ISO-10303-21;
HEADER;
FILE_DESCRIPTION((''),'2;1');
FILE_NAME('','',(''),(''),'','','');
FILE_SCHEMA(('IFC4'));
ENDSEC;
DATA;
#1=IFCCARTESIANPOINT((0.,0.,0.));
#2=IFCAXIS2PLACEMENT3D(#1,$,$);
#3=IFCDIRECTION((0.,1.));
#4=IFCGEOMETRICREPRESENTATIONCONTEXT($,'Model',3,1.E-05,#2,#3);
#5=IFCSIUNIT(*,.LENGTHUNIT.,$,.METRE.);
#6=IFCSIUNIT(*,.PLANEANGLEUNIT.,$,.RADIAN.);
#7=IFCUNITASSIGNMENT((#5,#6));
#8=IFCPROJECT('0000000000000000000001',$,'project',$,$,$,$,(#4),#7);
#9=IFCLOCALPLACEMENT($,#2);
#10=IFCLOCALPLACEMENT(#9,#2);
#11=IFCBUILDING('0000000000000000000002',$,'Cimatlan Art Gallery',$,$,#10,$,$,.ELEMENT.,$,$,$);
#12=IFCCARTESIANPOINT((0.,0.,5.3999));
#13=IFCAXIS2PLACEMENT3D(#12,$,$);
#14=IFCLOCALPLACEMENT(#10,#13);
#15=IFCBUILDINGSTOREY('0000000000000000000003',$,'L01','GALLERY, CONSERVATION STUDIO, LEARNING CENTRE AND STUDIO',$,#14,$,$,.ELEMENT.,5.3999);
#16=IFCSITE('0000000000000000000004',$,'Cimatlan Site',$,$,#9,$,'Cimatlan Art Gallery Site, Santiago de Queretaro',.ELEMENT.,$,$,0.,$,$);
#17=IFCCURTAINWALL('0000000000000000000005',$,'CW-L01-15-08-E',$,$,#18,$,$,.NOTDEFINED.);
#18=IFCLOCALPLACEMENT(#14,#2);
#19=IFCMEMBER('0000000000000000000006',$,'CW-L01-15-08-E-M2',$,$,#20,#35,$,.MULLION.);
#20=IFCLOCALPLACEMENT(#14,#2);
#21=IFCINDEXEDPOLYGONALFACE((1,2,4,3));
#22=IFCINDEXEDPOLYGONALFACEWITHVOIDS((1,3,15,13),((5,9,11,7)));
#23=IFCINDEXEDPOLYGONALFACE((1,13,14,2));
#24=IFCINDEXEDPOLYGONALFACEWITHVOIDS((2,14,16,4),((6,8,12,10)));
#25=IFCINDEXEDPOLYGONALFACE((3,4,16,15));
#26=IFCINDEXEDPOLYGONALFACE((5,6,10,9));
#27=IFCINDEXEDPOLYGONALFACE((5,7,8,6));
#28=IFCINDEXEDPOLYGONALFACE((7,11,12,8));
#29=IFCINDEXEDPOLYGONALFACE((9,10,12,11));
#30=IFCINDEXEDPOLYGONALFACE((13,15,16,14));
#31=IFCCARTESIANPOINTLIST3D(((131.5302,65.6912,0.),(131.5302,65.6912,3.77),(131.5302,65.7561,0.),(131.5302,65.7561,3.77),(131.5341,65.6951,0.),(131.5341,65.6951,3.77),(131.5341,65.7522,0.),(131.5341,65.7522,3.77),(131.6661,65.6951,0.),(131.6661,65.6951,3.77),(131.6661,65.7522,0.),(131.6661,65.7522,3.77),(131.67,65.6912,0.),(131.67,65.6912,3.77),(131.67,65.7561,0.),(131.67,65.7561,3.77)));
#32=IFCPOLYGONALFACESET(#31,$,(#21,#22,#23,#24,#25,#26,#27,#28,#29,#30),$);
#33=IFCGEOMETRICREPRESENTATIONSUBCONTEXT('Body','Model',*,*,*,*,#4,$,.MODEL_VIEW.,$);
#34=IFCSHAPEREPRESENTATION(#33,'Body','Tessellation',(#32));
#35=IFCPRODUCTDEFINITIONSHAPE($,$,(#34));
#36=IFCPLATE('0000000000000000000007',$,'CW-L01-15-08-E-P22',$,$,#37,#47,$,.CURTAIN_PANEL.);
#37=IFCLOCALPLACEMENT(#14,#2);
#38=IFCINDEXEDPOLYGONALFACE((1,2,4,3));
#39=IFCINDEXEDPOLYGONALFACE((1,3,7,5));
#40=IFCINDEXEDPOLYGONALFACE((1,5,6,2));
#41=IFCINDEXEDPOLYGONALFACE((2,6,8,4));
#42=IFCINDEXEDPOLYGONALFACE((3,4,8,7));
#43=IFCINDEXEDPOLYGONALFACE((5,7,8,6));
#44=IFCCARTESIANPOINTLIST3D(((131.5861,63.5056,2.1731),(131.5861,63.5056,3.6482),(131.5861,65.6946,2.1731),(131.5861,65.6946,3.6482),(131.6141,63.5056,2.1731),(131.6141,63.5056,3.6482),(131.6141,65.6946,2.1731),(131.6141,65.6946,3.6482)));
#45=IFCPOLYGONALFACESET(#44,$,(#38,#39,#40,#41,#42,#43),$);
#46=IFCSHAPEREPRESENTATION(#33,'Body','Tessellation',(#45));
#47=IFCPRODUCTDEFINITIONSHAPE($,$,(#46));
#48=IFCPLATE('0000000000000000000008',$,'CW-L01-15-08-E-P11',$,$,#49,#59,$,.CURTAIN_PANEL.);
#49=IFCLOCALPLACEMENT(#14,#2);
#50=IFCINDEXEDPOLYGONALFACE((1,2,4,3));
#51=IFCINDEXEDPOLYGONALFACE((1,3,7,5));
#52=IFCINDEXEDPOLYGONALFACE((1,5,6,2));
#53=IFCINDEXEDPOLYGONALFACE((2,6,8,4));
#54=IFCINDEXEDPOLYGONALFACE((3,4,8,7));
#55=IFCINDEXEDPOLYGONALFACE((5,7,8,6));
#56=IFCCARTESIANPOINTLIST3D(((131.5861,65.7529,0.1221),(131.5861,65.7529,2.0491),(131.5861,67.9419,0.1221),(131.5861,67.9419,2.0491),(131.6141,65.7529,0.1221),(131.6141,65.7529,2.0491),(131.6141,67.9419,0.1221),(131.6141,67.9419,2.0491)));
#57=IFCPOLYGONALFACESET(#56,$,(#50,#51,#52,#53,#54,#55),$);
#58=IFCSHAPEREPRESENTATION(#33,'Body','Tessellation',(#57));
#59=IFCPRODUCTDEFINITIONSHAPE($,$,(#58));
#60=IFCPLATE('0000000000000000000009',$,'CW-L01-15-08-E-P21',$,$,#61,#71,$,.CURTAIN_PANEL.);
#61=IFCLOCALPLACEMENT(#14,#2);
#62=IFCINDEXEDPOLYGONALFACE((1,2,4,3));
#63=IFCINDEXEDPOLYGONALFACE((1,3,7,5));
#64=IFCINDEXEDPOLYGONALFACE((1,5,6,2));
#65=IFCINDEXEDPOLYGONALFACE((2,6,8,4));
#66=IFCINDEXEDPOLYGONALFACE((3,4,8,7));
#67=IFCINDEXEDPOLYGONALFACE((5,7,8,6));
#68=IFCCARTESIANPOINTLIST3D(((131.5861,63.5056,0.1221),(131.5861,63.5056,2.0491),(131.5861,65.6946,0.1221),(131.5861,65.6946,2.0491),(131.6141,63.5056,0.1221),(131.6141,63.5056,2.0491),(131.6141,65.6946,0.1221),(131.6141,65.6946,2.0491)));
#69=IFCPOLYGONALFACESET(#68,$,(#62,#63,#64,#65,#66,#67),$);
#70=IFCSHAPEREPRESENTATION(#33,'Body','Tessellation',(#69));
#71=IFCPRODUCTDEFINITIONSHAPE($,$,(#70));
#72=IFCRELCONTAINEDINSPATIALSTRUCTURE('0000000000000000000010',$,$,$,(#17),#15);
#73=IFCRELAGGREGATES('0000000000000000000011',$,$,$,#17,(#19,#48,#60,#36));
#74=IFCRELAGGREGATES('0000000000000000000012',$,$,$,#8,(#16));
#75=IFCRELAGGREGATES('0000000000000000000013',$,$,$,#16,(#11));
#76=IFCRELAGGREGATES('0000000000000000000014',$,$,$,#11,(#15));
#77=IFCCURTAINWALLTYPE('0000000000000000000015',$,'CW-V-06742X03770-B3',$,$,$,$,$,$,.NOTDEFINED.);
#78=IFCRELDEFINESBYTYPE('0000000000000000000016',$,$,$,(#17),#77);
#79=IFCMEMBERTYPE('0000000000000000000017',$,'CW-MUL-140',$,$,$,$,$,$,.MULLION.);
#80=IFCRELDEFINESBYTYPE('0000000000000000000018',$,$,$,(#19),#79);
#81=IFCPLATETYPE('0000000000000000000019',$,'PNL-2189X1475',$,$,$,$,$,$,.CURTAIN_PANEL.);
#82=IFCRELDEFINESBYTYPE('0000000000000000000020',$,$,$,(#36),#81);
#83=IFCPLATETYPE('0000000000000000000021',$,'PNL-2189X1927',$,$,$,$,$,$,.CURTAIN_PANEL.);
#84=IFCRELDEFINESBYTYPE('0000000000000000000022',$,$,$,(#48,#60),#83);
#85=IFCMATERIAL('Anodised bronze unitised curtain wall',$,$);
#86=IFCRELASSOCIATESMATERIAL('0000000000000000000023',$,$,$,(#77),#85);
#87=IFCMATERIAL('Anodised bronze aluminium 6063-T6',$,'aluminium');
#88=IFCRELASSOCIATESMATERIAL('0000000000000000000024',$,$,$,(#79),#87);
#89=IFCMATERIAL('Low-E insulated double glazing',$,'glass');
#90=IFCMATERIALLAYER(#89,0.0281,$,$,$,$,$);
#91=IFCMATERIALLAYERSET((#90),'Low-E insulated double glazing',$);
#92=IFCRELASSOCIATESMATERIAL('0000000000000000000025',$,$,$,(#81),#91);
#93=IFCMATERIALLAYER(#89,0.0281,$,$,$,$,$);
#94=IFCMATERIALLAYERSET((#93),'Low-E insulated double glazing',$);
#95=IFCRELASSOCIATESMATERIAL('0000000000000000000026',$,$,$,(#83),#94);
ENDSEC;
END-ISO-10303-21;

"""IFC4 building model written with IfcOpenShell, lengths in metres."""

from ifc_helpers import new_model, si_unit, direction, frame, origin, origin_2d, place, context, subcontext, project, spatial, rectangle, hollow_rectangle, extrude, material, layer, layer_set, material_profile, profile_set, type_object, element, aggregate, save


model = new_model("IFC4")

# Units and contexts
model_context = context("Model", 3, precision=1e-05, world=origin(), true_north=direction((0.0, 1.0)))
body_context = subcontext(model_context, "Body", "Model", "MODEL_VIEW")
ifc_project = project(units=[si_unit("LENGTHUNIT", "METRE"), si_unit("PLANEANGLEUNIT", "RADIAN")], contexts=[model_context])

# Site, building, storey
site_placement = place(None, origin())
site = spatial("IfcSite", under=ifc_project, at=site_placement, Name="Cimatlan Site", LongName="Cimatlan Art Gallery Site, Santiago de Queretaro", CompositionType="ELEMENT", RefElevation=0.0)
building_placement = place(site_placement, origin())
building = spatial("IfcBuilding", under=site, at=building_placement, Name="Cimatlan Art Gallery", CompositionType="ELEMENT")
storey_placement = place(building_placement, frame((0.0, 0.0, 5.3999)))
storey = spatial("IfcBuildingStorey", under=building, at=storey_placement, Name="L01", Description="GALLERY, CONSERVATION STUDIO, LEARNING CENTRE AND STUDIO", CompositionType="ELEMENT", Elevation=5.3999)

# Curtain wall, member, plates
ifc_material_1 = material(Name="Anodised bronze unitised curtain wall")
curtain_wall_type = type_object("IfcCurtainWallType", Name="CW-V-06742X03770-B3", PredefinedType="NOTDEFINED", material=ifc_material_1)
curtain_wall_placement = place(storey_placement, origin())
curtain_wall = element("IfcCurtainWall", 1, at=curtain_wall_placement, inside=storey, type_object=curtain_wall_type, Name="CW-L01-15-08-E", PredefinedType="NOTDEFINED")
ifc_material_2 = material(Name="Anodised bronze aluminium 6063-T6", Category="aluminium")
ifc_material_profile_1 = material_profile(ifc_material_2, hollow_rectangle(XDim=0.0649, YDim=0.1399, WallThickness=0.0039, at=origin_2d()), Name="ALU65X140X4")
ifc_profile_set_1 = profile_set([ifc_material_profile_1], Name="Anodised bronze aluminium 6063-T6")
member_type = type_object("IfcMemberType", Name="CW-MUL-140", PredefinedType="MULLION", material=ifc_profile_set_1)
member_placement = place(storey_placement, frame((131.6001, 65.7236, 0.0), z_axis=(0.0, 0.0, 1.0), x_axis=(0.0, 1.0, 0.0)))
member = element("IfcMember", 2, at=member_placement, type_object=member_type, Name="CW-L01-15-08-E-M2", PredefinedType="MULLION", context=body_context, shape_type="SweptSolid", body=[
    extrude(hollow_rectangle(XDim=0.0649, YDim=0.1399, WallThickness=0.0039, at=origin_2d()), origin(), (0.0, 0.0, 1.0), 3.77),
])
ifc_material_3 = material(Name="Low-E insulated double glazing", Category="glass")
ifc_layer_1 = layer(ifc_material_3, 0.0281)
ifc_layer_set_1 = layer_set([ifc_layer_1], Name="Low-E insulated double glazing")
plate_type_1 = type_object("IfcPlateType", Name="PNL-2189X1475", PredefinedType="CURTAIN_PANEL", material=ifc_layer_set_1)
plate_1_placement = place(storey_placement, frame((131.6001, 64.6001, 2.1731), z_axis=(0.0, 0.0, 1.0), x_axis=(0.0, -1.0, 0.0)))
plate_1 = element("IfcPlate", 3, at=plate_1_placement, type_object=plate_type_1, Name="CW-L01-15-08-E-P22", PredefinedType="CURTAIN_PANEL", context=body_context, shape_type="SweptSolid", body=[
    extrude(rectangle(XDim=2.189, YDim=0.0281, at=origin_2d()), origin(), (0.0, 0.0, 1.0), 1.4751),
])
ifc_layer_2 = layer(ifc_material_3, 0.0281)
ifc_layer_set_2 = layer_set([ifc_layer_2], Name="Low-E insulated double glazing")
plate_type_2 = type_object("IfcPlateType", Name="PNL-2189X1927", PredefinedType="CURTAIN_PANEL", material=ifc_layer_set_2)
plate_2_placement = place(storey_placement, frame((131.6001, 66.8474, 0.1221), z_axis=(0.0, 0.0, 1.0), x_axis=(0.0, -1.0, 0.0)))
plate_2 = element("IfcPlate", 4, at=plate_2_placement, type_object=plate_type_2, Name="CW-L01-15-08-E-P11", PredefinedType="CURTAIN_PANEL", context=body_context, shape_type="SweptSolid", body=[
    extrude(rectangle(XDim=2.189, YDim=0.0281, at=origin_2d()), origin(), (0.0, 0.0, 1.0), 1.927),
])
plate_3_placement = place(storey_placement, frame((131.6001, 64.6001, 0.1221), z_axis=(0.0, 0.0, 1.0), x_axis=(0.0, -1.0, 0.0)))
plate_3 = element("IfcPlate", 5, at=plate_3_placement, type_object=plate_type_2, Name="CW-L01-15-08-E-P21", PredefinedType="CURTAIN_PANEL", context=body_context, shape_type="SweptSolid", body=[
    extrude(rectangle(XDim=2.189, YDim=0.0281, at=origin_2d()), origin(), (0.0, 0.0, 1.0), 1.927),
])
aggregate(curtain_wall, [member, plate_2, plate_3, plate_1])

save(model, "model.ifc")
